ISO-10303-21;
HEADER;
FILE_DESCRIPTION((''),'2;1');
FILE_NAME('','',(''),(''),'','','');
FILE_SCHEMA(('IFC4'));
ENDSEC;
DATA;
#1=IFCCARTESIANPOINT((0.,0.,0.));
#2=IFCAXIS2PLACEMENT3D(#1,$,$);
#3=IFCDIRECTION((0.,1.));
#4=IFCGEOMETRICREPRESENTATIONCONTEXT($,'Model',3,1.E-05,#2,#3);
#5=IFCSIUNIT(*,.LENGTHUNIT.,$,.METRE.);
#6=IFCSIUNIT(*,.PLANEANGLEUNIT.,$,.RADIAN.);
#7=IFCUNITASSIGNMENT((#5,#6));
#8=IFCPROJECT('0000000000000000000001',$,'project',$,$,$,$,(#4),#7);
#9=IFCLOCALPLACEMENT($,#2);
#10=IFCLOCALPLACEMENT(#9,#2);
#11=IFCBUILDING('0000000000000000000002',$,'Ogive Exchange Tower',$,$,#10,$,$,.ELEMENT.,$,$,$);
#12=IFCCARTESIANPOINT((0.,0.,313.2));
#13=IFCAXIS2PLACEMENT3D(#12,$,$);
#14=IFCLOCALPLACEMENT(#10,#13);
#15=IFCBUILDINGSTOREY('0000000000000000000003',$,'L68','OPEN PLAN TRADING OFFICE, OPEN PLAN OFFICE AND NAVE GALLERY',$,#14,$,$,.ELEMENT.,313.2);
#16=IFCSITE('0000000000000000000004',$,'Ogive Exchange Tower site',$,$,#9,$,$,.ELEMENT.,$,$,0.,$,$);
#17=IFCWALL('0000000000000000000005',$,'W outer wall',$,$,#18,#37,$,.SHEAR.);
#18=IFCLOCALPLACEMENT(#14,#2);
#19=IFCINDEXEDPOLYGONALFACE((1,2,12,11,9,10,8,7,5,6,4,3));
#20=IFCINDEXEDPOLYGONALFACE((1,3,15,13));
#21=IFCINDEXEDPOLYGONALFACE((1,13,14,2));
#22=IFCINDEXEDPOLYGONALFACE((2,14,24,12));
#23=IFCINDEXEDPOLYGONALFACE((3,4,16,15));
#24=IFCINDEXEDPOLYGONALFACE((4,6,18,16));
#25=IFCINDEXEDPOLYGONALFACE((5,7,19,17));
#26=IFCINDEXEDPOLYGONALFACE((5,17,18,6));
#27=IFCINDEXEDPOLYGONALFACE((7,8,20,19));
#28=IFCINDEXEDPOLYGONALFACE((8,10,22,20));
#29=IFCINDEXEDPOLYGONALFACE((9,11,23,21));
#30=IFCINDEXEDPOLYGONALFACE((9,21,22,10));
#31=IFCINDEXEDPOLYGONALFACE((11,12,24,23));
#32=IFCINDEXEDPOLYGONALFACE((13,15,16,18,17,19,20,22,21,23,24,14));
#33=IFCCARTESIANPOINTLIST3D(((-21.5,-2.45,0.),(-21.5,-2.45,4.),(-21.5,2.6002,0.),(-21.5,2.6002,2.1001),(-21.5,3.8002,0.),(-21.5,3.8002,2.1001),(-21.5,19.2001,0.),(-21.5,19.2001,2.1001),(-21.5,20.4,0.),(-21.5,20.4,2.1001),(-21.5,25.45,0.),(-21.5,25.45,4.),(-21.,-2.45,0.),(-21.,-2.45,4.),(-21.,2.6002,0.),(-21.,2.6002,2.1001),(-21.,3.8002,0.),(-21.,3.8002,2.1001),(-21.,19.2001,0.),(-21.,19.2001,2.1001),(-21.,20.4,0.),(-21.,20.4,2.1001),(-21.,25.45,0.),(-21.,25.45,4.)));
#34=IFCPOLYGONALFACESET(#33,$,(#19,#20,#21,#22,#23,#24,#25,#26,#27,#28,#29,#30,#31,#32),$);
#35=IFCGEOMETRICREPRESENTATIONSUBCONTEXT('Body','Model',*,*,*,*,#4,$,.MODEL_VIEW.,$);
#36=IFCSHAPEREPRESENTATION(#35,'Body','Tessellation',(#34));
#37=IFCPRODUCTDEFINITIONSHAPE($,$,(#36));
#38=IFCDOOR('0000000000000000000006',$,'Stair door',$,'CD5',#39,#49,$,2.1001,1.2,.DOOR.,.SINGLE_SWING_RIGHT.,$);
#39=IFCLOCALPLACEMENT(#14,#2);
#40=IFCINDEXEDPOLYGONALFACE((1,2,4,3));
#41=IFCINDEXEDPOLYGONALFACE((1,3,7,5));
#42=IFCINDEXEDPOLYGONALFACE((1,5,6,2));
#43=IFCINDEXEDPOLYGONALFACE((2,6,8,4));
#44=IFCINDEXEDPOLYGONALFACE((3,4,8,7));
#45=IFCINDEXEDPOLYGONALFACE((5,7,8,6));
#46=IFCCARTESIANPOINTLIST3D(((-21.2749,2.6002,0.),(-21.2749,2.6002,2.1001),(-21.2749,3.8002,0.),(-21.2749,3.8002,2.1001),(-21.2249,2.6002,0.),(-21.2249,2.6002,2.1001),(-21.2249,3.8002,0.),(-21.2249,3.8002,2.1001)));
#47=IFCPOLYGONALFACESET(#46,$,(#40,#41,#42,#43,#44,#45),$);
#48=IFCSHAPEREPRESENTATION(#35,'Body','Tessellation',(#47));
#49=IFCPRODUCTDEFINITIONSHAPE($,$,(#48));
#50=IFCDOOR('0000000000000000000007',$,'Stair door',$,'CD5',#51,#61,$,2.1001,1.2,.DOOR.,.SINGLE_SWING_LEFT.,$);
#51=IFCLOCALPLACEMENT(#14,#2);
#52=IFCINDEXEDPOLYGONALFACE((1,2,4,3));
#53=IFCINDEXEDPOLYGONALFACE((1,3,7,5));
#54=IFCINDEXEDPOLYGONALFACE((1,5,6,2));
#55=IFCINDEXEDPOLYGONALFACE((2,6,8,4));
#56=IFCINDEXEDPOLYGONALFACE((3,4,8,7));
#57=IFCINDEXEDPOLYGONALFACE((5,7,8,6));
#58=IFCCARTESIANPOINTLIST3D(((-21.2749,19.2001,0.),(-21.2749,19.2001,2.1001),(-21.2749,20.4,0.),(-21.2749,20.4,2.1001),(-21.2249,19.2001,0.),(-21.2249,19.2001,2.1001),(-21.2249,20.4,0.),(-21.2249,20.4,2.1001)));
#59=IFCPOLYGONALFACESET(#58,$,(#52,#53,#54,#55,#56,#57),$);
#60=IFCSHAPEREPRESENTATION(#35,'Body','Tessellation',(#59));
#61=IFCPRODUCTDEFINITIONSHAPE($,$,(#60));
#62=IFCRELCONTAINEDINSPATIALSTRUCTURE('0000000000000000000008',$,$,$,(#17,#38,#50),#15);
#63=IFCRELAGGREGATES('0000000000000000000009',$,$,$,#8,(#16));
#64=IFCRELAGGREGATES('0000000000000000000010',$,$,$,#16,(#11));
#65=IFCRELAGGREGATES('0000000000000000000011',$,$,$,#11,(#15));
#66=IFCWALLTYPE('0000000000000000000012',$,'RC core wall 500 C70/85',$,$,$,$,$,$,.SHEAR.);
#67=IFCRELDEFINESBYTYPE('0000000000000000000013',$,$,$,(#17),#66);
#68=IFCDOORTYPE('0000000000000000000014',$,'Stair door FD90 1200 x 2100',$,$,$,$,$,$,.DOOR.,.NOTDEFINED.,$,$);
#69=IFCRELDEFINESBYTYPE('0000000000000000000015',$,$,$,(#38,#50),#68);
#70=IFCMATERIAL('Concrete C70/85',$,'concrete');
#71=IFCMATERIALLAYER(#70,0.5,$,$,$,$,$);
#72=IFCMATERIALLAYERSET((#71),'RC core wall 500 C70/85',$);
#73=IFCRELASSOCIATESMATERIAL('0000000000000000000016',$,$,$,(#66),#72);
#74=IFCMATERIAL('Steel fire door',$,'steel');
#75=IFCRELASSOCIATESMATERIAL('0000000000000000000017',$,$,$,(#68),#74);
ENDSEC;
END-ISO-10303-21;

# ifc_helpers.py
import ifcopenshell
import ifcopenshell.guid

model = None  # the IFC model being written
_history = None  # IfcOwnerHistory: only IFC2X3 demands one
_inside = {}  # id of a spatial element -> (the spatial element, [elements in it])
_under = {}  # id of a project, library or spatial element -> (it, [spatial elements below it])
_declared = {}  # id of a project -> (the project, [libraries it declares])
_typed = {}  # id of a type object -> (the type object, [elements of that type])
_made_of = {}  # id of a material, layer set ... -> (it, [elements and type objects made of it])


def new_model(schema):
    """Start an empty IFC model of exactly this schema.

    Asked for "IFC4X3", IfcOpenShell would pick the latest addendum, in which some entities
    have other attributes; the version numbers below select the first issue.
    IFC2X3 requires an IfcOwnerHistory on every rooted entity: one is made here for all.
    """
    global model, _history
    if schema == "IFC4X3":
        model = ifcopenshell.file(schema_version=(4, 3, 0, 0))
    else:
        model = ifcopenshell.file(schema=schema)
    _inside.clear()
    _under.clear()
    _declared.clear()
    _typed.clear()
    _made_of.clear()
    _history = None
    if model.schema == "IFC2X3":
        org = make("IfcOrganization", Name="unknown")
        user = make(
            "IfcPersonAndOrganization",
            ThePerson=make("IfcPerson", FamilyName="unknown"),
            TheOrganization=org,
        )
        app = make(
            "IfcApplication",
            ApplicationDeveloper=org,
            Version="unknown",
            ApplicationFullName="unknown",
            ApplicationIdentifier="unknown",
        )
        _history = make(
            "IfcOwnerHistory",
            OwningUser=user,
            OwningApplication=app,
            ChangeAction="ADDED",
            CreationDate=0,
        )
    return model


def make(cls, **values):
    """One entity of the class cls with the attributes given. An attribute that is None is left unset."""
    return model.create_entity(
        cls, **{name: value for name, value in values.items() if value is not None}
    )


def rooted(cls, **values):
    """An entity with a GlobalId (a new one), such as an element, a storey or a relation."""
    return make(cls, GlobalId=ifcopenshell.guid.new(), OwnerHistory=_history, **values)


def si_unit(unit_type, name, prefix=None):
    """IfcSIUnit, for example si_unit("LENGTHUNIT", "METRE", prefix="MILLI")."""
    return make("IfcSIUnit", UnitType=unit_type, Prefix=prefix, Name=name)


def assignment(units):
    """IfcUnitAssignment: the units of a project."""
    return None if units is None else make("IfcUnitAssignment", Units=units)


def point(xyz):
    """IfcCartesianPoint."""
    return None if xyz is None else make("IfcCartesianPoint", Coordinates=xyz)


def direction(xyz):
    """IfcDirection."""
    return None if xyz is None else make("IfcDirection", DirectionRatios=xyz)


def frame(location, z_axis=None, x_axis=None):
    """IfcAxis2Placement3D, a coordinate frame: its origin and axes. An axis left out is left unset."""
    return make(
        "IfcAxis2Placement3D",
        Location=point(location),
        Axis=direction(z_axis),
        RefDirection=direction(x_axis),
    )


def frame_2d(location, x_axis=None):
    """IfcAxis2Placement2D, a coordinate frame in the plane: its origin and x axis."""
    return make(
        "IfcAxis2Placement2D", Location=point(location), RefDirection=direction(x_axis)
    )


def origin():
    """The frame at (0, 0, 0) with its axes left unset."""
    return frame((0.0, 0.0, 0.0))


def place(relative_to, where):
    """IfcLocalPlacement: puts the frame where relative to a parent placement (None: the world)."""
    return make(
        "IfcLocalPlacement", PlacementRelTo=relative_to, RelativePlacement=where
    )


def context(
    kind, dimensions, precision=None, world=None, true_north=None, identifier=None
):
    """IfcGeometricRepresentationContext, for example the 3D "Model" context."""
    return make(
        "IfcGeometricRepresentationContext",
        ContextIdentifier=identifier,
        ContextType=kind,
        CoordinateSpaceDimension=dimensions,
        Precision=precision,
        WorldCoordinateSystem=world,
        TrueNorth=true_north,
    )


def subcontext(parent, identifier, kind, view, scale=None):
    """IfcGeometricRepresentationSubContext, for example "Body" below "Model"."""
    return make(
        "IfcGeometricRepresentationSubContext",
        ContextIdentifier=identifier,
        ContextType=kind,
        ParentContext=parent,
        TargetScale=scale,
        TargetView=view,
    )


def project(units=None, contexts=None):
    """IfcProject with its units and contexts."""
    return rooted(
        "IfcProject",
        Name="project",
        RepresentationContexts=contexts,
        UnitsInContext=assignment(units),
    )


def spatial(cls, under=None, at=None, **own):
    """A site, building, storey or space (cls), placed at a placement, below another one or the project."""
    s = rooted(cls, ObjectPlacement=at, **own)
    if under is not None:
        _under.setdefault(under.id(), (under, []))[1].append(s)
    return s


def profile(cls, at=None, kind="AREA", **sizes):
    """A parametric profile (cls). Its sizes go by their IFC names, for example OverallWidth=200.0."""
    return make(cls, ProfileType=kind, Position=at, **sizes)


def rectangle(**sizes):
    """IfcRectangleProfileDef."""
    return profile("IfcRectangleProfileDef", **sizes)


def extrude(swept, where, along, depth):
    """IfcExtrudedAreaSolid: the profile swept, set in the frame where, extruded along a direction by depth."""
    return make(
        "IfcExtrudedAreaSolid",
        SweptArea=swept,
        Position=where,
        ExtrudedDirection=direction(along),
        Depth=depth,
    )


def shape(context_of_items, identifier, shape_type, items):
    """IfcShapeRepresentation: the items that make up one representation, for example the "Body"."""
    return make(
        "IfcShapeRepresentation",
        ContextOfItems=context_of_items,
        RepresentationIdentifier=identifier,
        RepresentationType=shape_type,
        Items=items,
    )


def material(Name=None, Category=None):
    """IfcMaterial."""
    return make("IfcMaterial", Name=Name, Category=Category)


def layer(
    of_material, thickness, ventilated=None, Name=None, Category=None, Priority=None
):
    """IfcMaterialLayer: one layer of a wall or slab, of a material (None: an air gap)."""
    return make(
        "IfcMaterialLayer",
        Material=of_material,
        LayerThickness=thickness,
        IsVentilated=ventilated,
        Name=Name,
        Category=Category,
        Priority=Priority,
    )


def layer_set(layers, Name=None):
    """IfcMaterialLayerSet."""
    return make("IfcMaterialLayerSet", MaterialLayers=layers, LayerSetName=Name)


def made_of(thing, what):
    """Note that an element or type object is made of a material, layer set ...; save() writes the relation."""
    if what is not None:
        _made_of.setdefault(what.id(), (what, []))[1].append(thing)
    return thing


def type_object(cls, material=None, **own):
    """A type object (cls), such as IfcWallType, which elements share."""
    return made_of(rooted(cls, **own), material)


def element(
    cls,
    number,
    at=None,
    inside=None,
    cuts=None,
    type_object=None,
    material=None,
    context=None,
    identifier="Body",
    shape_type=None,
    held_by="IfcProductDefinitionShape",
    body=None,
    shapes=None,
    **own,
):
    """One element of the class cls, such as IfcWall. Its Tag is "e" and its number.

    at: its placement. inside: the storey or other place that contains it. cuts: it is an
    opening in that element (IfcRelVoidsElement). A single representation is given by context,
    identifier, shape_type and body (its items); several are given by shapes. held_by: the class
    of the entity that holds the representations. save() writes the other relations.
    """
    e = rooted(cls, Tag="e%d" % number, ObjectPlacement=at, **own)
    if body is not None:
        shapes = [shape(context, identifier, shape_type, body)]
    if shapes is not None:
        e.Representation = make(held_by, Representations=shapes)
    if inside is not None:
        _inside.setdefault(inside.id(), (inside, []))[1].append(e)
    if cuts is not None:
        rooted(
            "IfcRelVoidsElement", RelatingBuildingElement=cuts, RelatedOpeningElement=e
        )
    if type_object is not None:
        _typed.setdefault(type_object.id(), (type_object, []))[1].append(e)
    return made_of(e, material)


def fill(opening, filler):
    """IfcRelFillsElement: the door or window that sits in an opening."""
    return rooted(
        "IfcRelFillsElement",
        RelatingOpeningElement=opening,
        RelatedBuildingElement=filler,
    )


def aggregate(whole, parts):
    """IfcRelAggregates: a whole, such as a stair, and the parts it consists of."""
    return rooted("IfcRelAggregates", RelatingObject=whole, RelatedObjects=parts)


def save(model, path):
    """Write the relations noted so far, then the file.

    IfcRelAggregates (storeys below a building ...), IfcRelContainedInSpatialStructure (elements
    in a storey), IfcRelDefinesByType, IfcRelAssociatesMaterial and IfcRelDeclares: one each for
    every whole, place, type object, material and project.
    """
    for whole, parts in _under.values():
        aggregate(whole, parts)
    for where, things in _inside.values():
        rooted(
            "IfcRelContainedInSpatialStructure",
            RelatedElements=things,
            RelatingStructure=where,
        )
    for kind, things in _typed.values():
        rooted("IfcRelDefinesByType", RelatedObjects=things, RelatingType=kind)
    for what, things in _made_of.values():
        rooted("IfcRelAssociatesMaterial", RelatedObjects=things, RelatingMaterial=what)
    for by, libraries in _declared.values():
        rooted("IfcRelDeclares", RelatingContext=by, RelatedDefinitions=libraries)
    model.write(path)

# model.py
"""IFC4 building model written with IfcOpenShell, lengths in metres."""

from ifc_helpers import new_model, si_unit, direction, frame, frame_2d, origin, place, context, subcontext, project, spatial, rectangle, extrude, material, layer, layer_set, type_object, element, fill, save


model = new_model("IFC4")

# Units and contexts
model_context = context("Model", 3, precision=1e-05, world=origin(), true_north=direction((0.0, 1.0)))
body_context = subcontext(model_context, "Body", "Model", "MODEL_VIEW")
ifc_project = project(units=[si_unit("LENGTHUNIT", "METRE"), si_unit("PLANEANGLEUNIT", "RADIAN")], contexts=[model_context])

# Site, building, storey
site_placement = place(None, origin())
site = spatial("IfcSite", under=ifc_project, at=site_placement, Name="Ogive Exchange Tower site", CompositionType="ELEMENT", RefElevation=0.0)
building_placement = place(site_placement, origin())
building = spatial("IfcBuilding", under=site, at=building_placement, Name="Ogive Exchange Tower", CompositionType="ELEMENT")
storey_placement = place(building_placement, frame((0.0, 0.0, 313.2)))
storey = spatial("IfcBuildingStorey", under=building, at=storey_placement, Name="L68", Description="OPEN PLAN TRADING OFFICE, OPEN PLAN OFFICE AND NAVE GALLERY", CompositionType="ELEMENT", Elevation=313.2)

# Shared definitions
ifc_material_1 = material(Name="Concrete C70/85", Category="concrete")

# Wall, openings, doors
ifc_layer_1 = layer(ifc_material_1, 0.5)
ifc_layer_set_1 = layer_set([ifc_layer_1], Name="RC core wall 500 C70/85")
wall_type_1 = type_object("IfcWallType", Name="RC core wall 500 C70/85", PredefinedType="SHEAR", material=ifc_layer_set_1)
wall_1_placement = place(storey_placement, frame((-21.25, -2.45, 0.0), z_axis=(0.0, 0.0, 1.0), x_axis=(0.0, 1.0, 0.0)))
wall_1 = element("IfcWall", 1, at=wall_1_placement, inside=storey, type_object=wall_type_1, Name="W outer wall", PredefinedType="SHEAR", context=body_context, shape_type="SweptSolid", body=[
    extrude(rectangle(XDim=27.8999, YDim=0.5, at=frame_2d((13.95, 0.0))), origin(), (0.0, 0.0, 1.0), 4.0),
])
opening_1_placement = place(wall_1_placement, frame((5.05, 0.0, 0.0)))
opening_1 = element("IfcOpeningElement", 2, at=opening_1_placement, cuts=wall_1, PredefinedType="OPENING", context=body_context, shape_type="SweptSolid", body=[
    extrude(rectangle(XDim=1.2, YDim=2.1001, at=frame_2d((0.6001, 1.05))), frame((0.0, 0.26, 0.0), z_axis=(0.0, -1.0, 0.0), x_axis=(1.0, 0.0, 0.0)), (0.0, 0.0, 1.0), 0.52),
])
opening_2_placement = place(wall_1_placement, frame((21.6499, 0.0, 0.0)))
opening_2 = element("IfcOpeningElement", 3, at=opening_2_placement, cuts=wall_1, PredefinedType="OPENING", context=body_context, shape_type="SweptSolid", body=[
    extrude(rectangle(XDim=1.2, YDim=2.1001, at=frame_2d((0.6001, 1.05))), frame((0.0, 0.26, 0.0), z_axis=(0.0, -1.0, 0.0), x_axis=(1.0, 0.0, 0.0)), (0.0, 0.0, 1.0), 0.52),
])
ifc_material_2 = material(Name="Steel fire door", Category="steel")
door_type_1 = type_object("IfcDoorType", Name="Stair door FD90 1200 x 2100", OperationType="NOTDEFINED", PredefinedType="DOOR", material=ifc_material_2)
door_1_placement = place(opening_1_placement, origin())
door_1 = element("IfcDoor", 4, at=door_1_placement, inside=storey, type_object=door_type_1, Name="Stair door", ObjectType="CD5", OperationType="SINGLE_SWING_RIGHT", OverallHeight=2.1001, OverallWidth=1.2, PredefinedType="DOOR", context=body_context, shape_type="SweptSolid", body=[
    extrude(rectangle(XDim=1.2, YDim=2.1001, at=frame_2d((0.6001, 1.05))), frame((0.0, 0.0249, 0.0), z_axis=(0.0, -1.0, 0.0), x_axis=(1.0, 0.0, 0.0)), (0.0, 0.0, 1.0), 0.05),
])
fill(opening_1, door_1)
door_2_placement = place(opening_2_placement, origin())
door_2 = element("IfcDoor", 5, at=door_2_placement, inside=storey, type_object=door_type_1, Name="Stair door", ObjectType="CD5", OperationType="SINGLE_SWING_LEFT", OverallHeight=2.1001, OverallWidth=1.2, PredefinedType="DOOR", context=body_context, shape_type="SweptSolid", body=[
    extrude(rectangle(XDim=1.2, YDim=2.1001, at=frame_2d((0.6001, 1.05))), frame((0.0, 0.0249, 0.0), z_axis=(0.0, -1.0, 0.0), x_axis=(1.0, 0.0, 0.0)), (0.0, 0.0, 1.0), 0.05),
])
fill(opening_2, door_2)

save(model, "model.ifc")
